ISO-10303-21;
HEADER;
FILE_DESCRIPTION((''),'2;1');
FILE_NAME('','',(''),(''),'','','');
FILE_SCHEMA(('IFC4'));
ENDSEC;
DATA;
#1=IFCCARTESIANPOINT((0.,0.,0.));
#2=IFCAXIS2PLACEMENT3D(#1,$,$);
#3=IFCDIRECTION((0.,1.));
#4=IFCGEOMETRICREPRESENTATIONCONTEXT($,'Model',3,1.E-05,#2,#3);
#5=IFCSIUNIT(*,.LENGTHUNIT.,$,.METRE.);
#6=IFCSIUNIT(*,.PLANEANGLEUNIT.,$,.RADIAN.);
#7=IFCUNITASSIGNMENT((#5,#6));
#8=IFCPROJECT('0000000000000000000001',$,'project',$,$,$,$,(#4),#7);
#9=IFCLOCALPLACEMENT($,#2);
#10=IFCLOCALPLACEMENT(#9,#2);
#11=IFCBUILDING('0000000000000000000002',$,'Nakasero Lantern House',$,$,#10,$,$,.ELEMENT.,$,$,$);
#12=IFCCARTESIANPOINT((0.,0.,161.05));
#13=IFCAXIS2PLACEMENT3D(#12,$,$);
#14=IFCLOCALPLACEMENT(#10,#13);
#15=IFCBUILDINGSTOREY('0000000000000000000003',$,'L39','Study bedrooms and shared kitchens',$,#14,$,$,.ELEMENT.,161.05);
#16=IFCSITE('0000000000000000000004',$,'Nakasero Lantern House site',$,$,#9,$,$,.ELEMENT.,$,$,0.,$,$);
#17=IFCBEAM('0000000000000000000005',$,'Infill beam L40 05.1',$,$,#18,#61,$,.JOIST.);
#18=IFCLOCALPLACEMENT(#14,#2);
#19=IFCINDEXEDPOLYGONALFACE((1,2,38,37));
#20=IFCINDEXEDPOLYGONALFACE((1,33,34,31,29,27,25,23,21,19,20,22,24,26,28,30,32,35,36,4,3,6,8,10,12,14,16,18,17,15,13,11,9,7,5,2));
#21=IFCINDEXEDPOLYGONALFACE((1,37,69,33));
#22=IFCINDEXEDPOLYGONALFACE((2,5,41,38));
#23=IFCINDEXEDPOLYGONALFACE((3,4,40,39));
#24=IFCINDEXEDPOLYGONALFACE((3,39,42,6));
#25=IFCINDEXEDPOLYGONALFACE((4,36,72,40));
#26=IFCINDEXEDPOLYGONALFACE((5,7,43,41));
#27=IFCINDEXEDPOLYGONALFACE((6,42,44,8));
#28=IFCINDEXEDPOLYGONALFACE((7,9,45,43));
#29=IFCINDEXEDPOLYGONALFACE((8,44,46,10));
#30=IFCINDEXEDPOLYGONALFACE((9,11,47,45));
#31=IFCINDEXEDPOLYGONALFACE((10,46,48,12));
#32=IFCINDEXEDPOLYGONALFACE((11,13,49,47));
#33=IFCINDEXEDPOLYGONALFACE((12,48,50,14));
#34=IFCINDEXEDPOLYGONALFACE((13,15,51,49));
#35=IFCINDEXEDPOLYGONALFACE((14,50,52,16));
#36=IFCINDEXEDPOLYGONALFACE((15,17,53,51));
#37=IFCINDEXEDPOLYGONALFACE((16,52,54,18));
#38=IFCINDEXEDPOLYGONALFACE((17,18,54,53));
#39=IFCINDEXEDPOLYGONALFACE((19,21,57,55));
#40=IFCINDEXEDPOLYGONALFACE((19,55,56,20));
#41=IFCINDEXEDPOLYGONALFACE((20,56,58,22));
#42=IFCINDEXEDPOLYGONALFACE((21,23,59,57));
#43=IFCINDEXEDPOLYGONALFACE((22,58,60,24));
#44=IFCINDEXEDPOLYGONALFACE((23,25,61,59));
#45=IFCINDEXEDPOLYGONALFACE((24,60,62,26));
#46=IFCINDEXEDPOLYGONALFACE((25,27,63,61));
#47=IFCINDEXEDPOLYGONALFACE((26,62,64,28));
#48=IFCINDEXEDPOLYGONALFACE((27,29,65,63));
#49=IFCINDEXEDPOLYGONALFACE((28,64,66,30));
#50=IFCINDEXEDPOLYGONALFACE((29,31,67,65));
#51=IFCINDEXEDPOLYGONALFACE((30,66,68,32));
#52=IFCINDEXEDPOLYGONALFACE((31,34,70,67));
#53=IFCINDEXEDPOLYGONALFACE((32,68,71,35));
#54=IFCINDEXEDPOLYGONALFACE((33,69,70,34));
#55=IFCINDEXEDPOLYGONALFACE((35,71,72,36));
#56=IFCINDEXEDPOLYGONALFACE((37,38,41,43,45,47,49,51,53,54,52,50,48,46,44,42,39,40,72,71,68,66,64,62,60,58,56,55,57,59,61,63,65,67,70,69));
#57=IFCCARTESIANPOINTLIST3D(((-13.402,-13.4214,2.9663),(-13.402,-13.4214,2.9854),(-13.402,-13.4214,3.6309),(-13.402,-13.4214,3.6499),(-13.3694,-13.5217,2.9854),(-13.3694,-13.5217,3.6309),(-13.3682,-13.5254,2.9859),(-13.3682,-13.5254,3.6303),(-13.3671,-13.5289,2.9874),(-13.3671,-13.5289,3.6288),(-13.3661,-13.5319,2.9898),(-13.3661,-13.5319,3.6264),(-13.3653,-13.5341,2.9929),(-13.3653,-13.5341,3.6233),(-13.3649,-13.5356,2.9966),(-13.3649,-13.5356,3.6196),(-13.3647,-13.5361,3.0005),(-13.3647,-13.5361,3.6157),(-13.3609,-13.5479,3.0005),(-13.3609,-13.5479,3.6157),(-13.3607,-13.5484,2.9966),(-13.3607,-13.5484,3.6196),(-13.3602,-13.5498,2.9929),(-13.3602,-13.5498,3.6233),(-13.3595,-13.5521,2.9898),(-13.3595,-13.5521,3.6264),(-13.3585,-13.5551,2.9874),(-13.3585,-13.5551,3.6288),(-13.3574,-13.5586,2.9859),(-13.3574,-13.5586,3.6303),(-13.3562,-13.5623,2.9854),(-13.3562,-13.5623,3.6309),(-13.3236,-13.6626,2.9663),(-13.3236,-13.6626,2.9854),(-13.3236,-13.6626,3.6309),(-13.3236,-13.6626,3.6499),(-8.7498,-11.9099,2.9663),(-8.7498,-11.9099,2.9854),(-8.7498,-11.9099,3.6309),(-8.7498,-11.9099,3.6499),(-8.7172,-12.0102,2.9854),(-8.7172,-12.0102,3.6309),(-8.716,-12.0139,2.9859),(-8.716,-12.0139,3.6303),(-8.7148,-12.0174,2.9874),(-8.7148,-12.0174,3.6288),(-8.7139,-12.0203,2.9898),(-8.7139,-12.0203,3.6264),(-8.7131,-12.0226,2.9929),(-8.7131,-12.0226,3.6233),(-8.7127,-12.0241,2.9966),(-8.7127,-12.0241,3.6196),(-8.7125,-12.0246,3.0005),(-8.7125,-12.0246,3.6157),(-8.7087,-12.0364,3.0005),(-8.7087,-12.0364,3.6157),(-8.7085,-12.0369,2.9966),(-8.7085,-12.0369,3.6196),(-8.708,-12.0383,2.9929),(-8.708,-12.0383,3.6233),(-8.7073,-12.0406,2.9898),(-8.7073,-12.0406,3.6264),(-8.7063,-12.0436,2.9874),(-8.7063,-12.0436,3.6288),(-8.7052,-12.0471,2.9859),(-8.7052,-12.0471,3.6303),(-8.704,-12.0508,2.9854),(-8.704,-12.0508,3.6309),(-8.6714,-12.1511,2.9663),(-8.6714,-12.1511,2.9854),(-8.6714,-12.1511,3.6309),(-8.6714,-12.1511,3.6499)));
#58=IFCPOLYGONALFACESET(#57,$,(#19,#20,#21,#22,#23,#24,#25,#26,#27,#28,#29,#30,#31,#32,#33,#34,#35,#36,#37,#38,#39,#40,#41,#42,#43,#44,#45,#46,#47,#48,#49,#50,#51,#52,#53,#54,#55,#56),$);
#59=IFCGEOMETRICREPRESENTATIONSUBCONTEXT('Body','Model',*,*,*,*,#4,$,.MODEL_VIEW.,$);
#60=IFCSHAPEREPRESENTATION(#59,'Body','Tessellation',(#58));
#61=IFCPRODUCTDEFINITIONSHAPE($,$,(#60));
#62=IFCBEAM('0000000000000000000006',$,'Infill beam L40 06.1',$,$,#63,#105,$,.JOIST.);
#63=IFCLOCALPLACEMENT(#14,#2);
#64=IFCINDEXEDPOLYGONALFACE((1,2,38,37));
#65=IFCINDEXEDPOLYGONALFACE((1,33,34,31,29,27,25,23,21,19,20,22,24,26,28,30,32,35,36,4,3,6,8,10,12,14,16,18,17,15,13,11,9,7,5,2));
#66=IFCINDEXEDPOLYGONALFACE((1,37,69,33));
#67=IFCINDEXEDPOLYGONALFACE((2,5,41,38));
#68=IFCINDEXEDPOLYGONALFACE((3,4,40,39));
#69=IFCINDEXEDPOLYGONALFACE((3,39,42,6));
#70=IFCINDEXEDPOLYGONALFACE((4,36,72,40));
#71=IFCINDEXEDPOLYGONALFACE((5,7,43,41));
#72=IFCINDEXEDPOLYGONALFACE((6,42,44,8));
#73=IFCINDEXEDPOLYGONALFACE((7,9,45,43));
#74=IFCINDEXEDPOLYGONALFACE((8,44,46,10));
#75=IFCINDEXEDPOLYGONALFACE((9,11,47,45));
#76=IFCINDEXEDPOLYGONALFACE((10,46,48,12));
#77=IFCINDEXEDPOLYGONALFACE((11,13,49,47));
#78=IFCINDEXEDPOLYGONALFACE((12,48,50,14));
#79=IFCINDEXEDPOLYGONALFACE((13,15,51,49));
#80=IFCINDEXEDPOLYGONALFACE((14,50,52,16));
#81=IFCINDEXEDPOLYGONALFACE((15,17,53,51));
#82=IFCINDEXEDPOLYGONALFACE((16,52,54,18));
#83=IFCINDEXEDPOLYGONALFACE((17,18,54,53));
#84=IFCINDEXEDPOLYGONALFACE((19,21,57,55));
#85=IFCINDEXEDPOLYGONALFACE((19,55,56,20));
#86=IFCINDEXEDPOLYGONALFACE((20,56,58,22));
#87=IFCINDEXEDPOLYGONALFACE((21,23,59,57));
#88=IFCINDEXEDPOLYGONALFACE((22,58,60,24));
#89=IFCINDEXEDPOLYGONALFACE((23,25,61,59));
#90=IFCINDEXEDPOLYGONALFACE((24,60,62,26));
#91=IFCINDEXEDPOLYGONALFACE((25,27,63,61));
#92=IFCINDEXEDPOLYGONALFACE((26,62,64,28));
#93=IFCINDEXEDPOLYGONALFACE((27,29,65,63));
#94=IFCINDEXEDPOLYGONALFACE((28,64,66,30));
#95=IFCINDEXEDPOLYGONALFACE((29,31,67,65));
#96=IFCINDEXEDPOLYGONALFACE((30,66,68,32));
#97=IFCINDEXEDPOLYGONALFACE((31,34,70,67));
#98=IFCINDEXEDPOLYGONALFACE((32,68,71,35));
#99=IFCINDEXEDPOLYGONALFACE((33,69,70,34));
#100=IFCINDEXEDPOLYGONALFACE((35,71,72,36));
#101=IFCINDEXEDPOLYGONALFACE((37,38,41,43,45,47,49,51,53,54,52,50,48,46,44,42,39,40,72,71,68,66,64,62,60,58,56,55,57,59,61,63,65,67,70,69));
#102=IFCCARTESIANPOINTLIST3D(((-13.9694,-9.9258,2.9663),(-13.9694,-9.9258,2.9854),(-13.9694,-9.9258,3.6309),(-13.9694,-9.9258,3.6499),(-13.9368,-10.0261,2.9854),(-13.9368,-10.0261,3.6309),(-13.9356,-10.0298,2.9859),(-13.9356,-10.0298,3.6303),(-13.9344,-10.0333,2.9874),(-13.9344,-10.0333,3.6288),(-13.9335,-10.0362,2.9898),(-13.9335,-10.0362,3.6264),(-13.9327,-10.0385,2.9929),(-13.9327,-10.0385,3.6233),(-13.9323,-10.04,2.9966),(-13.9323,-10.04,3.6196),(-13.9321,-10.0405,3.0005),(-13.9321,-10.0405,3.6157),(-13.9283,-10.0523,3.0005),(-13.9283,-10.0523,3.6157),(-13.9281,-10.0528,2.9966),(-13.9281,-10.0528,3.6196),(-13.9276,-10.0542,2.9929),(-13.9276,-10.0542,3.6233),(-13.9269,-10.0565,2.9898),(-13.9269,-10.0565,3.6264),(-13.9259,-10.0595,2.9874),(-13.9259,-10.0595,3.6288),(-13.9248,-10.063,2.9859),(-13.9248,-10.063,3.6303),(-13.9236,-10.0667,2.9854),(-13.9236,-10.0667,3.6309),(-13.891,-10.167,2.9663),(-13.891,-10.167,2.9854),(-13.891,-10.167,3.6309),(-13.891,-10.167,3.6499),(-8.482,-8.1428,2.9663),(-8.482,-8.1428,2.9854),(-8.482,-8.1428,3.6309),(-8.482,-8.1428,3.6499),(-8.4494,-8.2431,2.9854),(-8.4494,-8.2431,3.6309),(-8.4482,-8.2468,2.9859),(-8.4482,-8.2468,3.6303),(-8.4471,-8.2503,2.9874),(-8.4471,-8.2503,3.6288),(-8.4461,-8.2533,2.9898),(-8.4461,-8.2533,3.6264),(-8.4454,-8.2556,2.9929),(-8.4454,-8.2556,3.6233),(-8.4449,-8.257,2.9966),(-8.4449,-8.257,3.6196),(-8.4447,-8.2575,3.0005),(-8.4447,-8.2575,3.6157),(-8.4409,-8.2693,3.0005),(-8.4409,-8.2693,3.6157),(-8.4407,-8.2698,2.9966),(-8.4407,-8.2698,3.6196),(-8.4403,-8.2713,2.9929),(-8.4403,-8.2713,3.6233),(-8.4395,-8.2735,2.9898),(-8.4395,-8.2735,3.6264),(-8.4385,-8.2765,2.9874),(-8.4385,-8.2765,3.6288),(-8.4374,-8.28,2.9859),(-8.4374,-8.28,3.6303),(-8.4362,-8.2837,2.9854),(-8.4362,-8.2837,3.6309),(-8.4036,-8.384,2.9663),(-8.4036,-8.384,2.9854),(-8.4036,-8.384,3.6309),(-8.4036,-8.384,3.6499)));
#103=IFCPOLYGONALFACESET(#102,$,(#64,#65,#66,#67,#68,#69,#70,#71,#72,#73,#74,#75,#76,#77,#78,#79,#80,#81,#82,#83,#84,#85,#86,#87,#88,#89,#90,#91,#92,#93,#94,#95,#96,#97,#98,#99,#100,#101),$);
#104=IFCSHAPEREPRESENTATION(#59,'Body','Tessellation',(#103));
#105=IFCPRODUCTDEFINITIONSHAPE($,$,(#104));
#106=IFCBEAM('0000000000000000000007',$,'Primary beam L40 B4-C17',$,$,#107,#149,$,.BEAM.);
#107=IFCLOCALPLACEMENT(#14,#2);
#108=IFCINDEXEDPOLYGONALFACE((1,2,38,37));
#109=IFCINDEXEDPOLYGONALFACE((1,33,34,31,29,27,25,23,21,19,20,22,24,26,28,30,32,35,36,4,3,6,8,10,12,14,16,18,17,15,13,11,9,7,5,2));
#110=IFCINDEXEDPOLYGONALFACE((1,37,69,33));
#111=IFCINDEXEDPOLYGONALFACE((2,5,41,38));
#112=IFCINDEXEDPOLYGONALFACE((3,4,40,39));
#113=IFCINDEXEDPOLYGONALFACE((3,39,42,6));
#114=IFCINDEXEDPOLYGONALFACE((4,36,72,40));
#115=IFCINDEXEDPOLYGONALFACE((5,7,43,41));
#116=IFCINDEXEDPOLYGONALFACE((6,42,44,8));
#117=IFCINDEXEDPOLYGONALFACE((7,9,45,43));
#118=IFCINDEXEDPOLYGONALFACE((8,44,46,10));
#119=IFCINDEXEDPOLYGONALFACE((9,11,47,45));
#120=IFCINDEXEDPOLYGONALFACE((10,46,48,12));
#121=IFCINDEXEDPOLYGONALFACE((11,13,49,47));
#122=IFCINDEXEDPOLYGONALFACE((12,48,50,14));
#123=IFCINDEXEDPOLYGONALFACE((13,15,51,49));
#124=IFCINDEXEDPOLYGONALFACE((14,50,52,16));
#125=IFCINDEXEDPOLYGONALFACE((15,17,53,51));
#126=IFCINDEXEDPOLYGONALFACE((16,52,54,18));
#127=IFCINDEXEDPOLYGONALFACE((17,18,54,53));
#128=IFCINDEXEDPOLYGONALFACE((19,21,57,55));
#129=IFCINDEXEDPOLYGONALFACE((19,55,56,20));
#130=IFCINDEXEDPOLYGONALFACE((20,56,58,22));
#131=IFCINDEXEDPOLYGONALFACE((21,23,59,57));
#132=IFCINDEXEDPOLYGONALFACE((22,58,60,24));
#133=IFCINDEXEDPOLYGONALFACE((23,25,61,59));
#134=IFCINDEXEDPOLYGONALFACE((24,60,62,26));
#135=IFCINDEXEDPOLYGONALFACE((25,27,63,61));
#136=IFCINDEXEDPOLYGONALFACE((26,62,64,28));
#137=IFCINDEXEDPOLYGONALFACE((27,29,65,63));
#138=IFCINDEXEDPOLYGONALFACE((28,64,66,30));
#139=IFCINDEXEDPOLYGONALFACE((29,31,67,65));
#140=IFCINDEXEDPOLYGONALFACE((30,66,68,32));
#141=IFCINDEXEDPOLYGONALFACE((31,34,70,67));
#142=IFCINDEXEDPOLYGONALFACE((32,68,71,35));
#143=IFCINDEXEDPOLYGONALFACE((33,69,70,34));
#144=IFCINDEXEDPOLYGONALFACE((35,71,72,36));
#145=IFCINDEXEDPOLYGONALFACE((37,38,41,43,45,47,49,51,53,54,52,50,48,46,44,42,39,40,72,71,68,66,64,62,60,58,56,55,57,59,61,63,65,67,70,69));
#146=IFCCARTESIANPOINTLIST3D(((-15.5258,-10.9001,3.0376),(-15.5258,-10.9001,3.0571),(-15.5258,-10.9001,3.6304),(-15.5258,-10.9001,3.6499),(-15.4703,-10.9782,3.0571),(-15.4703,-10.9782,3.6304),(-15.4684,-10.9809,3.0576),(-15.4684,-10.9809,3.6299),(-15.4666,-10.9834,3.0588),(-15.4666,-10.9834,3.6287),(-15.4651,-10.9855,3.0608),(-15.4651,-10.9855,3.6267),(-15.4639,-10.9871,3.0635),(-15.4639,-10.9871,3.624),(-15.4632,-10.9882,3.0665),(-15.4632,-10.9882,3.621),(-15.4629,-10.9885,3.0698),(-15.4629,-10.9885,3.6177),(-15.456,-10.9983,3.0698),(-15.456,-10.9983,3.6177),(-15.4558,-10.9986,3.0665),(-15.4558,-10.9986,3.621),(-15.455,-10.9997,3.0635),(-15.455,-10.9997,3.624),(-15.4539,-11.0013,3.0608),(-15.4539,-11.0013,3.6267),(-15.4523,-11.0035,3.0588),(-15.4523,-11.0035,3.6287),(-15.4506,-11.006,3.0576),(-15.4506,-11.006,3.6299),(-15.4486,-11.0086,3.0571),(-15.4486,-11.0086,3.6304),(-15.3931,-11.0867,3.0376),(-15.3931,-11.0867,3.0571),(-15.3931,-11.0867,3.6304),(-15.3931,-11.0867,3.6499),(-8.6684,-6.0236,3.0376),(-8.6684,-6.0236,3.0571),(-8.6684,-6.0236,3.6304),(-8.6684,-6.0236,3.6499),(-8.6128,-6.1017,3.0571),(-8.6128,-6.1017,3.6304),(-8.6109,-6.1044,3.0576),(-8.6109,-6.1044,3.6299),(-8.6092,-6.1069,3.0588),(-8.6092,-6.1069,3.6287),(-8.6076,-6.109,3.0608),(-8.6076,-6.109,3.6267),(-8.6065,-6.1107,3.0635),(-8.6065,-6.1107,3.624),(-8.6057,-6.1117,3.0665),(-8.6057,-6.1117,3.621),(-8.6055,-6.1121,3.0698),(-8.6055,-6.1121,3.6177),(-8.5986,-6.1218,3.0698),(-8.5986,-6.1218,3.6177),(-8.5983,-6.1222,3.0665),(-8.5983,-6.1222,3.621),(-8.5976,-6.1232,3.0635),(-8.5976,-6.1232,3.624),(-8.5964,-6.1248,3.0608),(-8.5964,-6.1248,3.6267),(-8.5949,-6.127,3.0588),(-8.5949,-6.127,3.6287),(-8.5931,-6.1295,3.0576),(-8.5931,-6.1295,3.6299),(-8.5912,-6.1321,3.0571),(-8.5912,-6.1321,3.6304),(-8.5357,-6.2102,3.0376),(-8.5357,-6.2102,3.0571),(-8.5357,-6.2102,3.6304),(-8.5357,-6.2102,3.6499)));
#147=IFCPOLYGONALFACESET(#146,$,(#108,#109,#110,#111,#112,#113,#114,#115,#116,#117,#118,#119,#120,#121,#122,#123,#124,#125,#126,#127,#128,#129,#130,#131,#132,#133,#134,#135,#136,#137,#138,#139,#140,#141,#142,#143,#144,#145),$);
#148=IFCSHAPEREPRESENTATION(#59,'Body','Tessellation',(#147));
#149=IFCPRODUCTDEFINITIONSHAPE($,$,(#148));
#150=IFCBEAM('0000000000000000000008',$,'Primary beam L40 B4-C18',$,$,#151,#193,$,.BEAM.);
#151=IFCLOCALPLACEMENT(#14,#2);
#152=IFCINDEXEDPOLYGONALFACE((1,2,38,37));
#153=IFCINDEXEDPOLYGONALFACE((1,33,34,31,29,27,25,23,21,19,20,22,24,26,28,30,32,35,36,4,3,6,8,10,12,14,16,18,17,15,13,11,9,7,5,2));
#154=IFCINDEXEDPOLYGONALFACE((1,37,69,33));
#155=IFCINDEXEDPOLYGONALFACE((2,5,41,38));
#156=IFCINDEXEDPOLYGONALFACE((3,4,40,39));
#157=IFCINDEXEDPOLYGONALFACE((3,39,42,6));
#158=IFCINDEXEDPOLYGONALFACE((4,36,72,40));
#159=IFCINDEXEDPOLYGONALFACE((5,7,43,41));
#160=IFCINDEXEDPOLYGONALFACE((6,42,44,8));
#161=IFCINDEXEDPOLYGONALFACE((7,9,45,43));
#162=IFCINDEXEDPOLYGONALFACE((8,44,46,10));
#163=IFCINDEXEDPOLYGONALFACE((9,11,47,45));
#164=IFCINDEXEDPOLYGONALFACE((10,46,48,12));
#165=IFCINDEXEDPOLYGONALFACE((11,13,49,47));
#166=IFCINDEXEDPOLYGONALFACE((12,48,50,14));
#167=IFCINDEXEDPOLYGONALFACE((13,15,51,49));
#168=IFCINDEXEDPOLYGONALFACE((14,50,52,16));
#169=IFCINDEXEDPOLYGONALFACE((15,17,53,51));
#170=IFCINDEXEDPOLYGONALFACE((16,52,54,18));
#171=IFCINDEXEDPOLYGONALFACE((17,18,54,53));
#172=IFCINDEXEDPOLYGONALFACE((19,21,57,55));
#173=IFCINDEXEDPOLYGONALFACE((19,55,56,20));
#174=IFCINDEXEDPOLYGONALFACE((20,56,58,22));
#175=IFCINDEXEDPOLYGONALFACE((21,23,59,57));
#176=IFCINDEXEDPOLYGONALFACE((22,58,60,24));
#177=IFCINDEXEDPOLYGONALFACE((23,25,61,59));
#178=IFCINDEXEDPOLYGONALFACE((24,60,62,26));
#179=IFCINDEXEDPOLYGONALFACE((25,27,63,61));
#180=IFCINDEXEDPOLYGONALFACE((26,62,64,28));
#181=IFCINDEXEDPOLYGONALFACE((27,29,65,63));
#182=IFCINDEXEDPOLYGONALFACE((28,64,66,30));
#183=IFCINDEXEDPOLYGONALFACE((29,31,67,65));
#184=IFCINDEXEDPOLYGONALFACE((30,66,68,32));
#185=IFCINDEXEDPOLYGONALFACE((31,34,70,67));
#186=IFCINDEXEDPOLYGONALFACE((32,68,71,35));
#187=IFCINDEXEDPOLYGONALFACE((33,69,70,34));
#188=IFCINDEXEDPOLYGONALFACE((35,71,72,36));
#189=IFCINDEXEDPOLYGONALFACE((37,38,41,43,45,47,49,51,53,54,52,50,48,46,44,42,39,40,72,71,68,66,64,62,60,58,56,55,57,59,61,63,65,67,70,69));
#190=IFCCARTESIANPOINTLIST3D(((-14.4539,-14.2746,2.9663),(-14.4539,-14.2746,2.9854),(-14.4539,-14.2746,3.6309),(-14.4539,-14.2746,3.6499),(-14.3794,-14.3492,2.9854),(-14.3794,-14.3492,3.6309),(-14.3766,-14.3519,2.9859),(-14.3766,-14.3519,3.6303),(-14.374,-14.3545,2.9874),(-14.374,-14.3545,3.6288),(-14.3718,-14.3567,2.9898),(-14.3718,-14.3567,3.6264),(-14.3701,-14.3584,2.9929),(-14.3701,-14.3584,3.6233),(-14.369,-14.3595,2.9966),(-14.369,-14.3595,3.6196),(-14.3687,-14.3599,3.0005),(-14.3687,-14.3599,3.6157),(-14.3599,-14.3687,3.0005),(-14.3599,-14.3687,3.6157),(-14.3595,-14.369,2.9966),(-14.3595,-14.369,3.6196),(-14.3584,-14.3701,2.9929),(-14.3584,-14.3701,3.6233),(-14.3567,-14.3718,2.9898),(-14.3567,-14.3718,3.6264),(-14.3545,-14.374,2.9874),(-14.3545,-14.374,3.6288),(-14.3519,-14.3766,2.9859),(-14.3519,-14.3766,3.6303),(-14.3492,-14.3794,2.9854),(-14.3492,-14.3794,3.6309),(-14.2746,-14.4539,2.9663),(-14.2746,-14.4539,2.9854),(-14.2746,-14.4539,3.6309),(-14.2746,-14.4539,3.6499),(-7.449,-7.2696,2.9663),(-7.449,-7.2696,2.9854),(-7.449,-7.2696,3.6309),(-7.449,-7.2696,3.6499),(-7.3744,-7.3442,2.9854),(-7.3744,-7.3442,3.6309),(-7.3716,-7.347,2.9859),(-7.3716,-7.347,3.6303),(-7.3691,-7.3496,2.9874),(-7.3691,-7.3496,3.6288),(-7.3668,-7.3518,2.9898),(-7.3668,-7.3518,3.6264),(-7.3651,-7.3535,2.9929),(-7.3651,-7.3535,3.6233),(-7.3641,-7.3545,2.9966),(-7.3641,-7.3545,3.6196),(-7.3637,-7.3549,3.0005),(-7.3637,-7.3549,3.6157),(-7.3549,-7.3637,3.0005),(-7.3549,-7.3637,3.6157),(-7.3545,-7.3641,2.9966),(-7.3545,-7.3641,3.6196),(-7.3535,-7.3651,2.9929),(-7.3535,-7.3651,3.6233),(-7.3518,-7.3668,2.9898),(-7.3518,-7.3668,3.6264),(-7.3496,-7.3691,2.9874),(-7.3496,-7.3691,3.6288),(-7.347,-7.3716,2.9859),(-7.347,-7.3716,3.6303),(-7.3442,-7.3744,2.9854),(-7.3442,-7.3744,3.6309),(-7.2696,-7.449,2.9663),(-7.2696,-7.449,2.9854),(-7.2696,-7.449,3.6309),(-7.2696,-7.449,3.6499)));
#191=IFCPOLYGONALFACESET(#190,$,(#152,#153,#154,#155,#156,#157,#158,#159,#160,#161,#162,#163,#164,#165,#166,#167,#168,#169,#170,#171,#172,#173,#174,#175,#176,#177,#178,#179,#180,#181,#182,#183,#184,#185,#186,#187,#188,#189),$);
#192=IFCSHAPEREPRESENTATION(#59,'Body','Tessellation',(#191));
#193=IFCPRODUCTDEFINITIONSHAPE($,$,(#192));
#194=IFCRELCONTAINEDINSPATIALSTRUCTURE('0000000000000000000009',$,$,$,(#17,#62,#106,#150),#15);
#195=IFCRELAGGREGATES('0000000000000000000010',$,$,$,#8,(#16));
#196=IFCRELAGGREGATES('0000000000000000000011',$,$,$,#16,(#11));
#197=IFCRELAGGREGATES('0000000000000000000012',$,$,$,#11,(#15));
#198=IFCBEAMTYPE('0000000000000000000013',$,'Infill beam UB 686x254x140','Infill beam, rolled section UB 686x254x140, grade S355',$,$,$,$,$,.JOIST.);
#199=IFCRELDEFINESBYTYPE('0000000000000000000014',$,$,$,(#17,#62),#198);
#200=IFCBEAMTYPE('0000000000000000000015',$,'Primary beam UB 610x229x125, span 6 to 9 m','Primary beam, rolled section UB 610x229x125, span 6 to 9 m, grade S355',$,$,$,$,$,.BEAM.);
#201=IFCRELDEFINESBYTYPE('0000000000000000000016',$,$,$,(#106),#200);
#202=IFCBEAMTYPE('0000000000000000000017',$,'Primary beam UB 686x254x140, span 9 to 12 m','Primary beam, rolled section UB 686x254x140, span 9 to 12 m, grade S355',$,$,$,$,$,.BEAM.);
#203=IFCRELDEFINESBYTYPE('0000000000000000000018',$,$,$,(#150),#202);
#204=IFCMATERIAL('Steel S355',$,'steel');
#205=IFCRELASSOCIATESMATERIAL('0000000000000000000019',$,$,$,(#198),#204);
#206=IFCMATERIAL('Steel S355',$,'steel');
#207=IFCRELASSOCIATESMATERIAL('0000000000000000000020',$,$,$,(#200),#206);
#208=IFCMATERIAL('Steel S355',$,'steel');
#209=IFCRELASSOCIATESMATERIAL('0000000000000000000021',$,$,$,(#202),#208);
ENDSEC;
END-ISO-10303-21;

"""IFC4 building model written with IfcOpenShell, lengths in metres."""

from ifc_helpers import new_model, si_unit, direction, frame, origin, origin_2d, place, context, subcontext, project, spatial, i_section, extrude, material, material_profile, profile_set, type_object, element, save


model = new_model("IFC4")

# Units and contexts
model_context = context("Model", 3, precision=1e-05, world=origin(), true_north=direction((0.0, 1.0)))
body_context = subcontext(model_context, "Body", "Model", "MODEL_VIEW")
ifc_project = project(units=[si_unit("LENGTHUNIT", "METRE"), si_unit("PLANEANGLEUNIT", "RADIAN")], contexts=[model_context])

# Site, building, storey
site_placement = place(None, origin())
site = spatial("IfcSite", under=ifc_project, at=site_placement, Name="Nakasero Lantern House site", CompositionType="ELEMENT", RefElevation=0.0)
building_placement = place(site_placement, origin())
building = spatial("IfcBuilding", under=site, at=building_placement, Name="Nakasero Lantern House", CompositionType="ELEMENT")
storey_placement = place(building_placement, frame((0.0, 0.0, 161.05)))
storey = spatial("IfcBuildingStorey", under=building, at=storey_placement, Name="L39", Description="Study bedrooms and shared kitchens", CompositionType="ELEMENT", Elevation=161.05)

# Beams
ifc_material_1 = material(Name="Steel S355", Category="steel")
ifc_material_profile_1 = material_profile(ifc_material_1, i_section(OverallWidth=0.2537, OverallDepth=0.6836, WebThickness=0.0125, FlangeThickness=0.019, FilletRadius=0.0151, at=origin_2d()), Name="UB 686x254x140")
ifc_profile_set_1 = profile_set([ifc_material_profile_1], Name="Steel S355")
beam_type_1 = type_object("IfcBeamType", Name="Infill beam UB 686x254x140", Description="Infill beam, rolled section UB 686x254x140, grade S355", PredefinedType="JOIST", material=ifc_profile_set_1)
beam_1_placement = place(storey_placement, frame((-13.3628, -13.542, 3.3081), z_axis=(0.951062, 0.309001, 0.0), x_axis=(-0.309001, 0.951062, 0.0)))
element("IfcBeam", 1, at=beam_1_placement, inside=storey, type_object=beam_type_1, Name="Infill beam L40 05.1", PredefinedType="JOIST", context=body_context, shape_type="SweptSolid", body=[
    extrude(i_section(OverallWidth=0.2537, OverallDepth=0.6836, WebThickness=0.0125, FlangeThickness=0.019, FilletRadius=0.0151, at=origin_2d()), origin(), (0.0, 0.0, 1.0), 4.8916),
])
beam_2_placement = place(storey_placement, frame((-13.9302, -10.0464, 3.3081), z_axis=(0.951055, 0.309021, 0.0), x_axis=(-0.309021, 0.951055, 0.0)))
element("IfcBeam", 2, at=beam_2_placement, inside=storey, type_object=beam_type_1, Name="Infill beam L40 06.1", PredefinedType="JOIST", context=body_context, shape_type="SweptSolid", body=[
    extrude(i_section(OverallWidth=0.2537, OverallDepth=0.6836, WebThickness=0.0125, FlangeThickness=0.019, FilletRadius=0.0151, at=origin_2d()), origin(), (0.0, 0.0, 1.0), 5.7698),
])
ifc_material_2 = material(Name="Steel S355", Category="steel")
ifc_material_profile_2 = material_profile(ifc_material_2, i_section(OverallWidth=0.229, OverallDepth=0.6123, WebThickness=0.012, FlangeThickness=0.0195, FilletRadius=0.0127, at=origin_2d()), Name="UB 610x229x125")
ifc_profile_set_2 = profile_set([ifc_material_profile_2], Name="Steel S355")
beam_type_2 = type_object("IfcBeamType", Name="Primary beam UB 610x229x125, span 6 to 9 m", Description="Primary beam, rolled section UB 610x229x125, span 6 to 9 m, grade S355", PredefinedType="BEAM", material=ifc_profile_set_2)
beam_3_placement = place(storey_placement, frame((-15.4595, -10.9934, 3.3438), z_axis=(0.814951, 0.57953, 0.0), x_axis=(-0.57953, 0.814951, 0.0)))
element("IfcBeam", 3, at=beam_3_placement, inside=storey, type_object=beam_type_2, Name="Primary beam L40 B4-C17", PredefinedType="BEAM", context=body_context, shape_type="SweptSolid", body=[
    extrude(i_section(OverallWidth=0.229, OverallDepth=0.6123, WebThickness=0.012, FlangeThickness=0.0195, FilletRadius=0.0127, at=origin_2d()), origin(), (0.0, 0.0, 1.0), 8.4146),
])
ifc_material_3 = material(Name="Steel S355", Category="steel")
ifc_material_profile_3 = material_profile(ifc_material_3, i_section(OverallWidth=0.2537, OverallDepth=0.6836, WebThickness=0.0125, FlangeThickness=0.019, FilletRadius=0.0151, at=origin_2d()), Name="UB 686x254x140")
ifc_profile_set_3 = profile_set([ifc_material_profile_3], Name="Steel S355")
beam_type_3 = type_object("IfcBeamType", Name="Primary beam UB 686x254x140, span 9 to 12 m", Description="Primary beam, rolled section UB 686x254x140, span 9 to 12 m, grade S355", PredefinedType="BEAM", material=ifc_profile_set_3)
beam_4_placement = place(storey_placement, frame((-14.3643, -14.3643, 3.3081), z_axis=(0.707107, 0.707107, 0.0), x_axis=(-0.707107, 0.707107, 0.0)))
element("IfcBeam", 4, at=beam_4_placement, inside=storey, type_object=beam_type_3, Name="Primary beam L40 B4-C18", PredefinedType="BEAM", context=body_context, shape_type="SweptSolid", body=[
    extrude(i_section(OverallWidth=0.2537, OverallDepth=0.6836, WebThickness=0.0125, FlangeThickness=0.019, FilletRadius=0.0151, at=origin_2d()), origin(), (0.0, 0.0, 1.0), 9.9065),
])

save(model, "model.ifc")
